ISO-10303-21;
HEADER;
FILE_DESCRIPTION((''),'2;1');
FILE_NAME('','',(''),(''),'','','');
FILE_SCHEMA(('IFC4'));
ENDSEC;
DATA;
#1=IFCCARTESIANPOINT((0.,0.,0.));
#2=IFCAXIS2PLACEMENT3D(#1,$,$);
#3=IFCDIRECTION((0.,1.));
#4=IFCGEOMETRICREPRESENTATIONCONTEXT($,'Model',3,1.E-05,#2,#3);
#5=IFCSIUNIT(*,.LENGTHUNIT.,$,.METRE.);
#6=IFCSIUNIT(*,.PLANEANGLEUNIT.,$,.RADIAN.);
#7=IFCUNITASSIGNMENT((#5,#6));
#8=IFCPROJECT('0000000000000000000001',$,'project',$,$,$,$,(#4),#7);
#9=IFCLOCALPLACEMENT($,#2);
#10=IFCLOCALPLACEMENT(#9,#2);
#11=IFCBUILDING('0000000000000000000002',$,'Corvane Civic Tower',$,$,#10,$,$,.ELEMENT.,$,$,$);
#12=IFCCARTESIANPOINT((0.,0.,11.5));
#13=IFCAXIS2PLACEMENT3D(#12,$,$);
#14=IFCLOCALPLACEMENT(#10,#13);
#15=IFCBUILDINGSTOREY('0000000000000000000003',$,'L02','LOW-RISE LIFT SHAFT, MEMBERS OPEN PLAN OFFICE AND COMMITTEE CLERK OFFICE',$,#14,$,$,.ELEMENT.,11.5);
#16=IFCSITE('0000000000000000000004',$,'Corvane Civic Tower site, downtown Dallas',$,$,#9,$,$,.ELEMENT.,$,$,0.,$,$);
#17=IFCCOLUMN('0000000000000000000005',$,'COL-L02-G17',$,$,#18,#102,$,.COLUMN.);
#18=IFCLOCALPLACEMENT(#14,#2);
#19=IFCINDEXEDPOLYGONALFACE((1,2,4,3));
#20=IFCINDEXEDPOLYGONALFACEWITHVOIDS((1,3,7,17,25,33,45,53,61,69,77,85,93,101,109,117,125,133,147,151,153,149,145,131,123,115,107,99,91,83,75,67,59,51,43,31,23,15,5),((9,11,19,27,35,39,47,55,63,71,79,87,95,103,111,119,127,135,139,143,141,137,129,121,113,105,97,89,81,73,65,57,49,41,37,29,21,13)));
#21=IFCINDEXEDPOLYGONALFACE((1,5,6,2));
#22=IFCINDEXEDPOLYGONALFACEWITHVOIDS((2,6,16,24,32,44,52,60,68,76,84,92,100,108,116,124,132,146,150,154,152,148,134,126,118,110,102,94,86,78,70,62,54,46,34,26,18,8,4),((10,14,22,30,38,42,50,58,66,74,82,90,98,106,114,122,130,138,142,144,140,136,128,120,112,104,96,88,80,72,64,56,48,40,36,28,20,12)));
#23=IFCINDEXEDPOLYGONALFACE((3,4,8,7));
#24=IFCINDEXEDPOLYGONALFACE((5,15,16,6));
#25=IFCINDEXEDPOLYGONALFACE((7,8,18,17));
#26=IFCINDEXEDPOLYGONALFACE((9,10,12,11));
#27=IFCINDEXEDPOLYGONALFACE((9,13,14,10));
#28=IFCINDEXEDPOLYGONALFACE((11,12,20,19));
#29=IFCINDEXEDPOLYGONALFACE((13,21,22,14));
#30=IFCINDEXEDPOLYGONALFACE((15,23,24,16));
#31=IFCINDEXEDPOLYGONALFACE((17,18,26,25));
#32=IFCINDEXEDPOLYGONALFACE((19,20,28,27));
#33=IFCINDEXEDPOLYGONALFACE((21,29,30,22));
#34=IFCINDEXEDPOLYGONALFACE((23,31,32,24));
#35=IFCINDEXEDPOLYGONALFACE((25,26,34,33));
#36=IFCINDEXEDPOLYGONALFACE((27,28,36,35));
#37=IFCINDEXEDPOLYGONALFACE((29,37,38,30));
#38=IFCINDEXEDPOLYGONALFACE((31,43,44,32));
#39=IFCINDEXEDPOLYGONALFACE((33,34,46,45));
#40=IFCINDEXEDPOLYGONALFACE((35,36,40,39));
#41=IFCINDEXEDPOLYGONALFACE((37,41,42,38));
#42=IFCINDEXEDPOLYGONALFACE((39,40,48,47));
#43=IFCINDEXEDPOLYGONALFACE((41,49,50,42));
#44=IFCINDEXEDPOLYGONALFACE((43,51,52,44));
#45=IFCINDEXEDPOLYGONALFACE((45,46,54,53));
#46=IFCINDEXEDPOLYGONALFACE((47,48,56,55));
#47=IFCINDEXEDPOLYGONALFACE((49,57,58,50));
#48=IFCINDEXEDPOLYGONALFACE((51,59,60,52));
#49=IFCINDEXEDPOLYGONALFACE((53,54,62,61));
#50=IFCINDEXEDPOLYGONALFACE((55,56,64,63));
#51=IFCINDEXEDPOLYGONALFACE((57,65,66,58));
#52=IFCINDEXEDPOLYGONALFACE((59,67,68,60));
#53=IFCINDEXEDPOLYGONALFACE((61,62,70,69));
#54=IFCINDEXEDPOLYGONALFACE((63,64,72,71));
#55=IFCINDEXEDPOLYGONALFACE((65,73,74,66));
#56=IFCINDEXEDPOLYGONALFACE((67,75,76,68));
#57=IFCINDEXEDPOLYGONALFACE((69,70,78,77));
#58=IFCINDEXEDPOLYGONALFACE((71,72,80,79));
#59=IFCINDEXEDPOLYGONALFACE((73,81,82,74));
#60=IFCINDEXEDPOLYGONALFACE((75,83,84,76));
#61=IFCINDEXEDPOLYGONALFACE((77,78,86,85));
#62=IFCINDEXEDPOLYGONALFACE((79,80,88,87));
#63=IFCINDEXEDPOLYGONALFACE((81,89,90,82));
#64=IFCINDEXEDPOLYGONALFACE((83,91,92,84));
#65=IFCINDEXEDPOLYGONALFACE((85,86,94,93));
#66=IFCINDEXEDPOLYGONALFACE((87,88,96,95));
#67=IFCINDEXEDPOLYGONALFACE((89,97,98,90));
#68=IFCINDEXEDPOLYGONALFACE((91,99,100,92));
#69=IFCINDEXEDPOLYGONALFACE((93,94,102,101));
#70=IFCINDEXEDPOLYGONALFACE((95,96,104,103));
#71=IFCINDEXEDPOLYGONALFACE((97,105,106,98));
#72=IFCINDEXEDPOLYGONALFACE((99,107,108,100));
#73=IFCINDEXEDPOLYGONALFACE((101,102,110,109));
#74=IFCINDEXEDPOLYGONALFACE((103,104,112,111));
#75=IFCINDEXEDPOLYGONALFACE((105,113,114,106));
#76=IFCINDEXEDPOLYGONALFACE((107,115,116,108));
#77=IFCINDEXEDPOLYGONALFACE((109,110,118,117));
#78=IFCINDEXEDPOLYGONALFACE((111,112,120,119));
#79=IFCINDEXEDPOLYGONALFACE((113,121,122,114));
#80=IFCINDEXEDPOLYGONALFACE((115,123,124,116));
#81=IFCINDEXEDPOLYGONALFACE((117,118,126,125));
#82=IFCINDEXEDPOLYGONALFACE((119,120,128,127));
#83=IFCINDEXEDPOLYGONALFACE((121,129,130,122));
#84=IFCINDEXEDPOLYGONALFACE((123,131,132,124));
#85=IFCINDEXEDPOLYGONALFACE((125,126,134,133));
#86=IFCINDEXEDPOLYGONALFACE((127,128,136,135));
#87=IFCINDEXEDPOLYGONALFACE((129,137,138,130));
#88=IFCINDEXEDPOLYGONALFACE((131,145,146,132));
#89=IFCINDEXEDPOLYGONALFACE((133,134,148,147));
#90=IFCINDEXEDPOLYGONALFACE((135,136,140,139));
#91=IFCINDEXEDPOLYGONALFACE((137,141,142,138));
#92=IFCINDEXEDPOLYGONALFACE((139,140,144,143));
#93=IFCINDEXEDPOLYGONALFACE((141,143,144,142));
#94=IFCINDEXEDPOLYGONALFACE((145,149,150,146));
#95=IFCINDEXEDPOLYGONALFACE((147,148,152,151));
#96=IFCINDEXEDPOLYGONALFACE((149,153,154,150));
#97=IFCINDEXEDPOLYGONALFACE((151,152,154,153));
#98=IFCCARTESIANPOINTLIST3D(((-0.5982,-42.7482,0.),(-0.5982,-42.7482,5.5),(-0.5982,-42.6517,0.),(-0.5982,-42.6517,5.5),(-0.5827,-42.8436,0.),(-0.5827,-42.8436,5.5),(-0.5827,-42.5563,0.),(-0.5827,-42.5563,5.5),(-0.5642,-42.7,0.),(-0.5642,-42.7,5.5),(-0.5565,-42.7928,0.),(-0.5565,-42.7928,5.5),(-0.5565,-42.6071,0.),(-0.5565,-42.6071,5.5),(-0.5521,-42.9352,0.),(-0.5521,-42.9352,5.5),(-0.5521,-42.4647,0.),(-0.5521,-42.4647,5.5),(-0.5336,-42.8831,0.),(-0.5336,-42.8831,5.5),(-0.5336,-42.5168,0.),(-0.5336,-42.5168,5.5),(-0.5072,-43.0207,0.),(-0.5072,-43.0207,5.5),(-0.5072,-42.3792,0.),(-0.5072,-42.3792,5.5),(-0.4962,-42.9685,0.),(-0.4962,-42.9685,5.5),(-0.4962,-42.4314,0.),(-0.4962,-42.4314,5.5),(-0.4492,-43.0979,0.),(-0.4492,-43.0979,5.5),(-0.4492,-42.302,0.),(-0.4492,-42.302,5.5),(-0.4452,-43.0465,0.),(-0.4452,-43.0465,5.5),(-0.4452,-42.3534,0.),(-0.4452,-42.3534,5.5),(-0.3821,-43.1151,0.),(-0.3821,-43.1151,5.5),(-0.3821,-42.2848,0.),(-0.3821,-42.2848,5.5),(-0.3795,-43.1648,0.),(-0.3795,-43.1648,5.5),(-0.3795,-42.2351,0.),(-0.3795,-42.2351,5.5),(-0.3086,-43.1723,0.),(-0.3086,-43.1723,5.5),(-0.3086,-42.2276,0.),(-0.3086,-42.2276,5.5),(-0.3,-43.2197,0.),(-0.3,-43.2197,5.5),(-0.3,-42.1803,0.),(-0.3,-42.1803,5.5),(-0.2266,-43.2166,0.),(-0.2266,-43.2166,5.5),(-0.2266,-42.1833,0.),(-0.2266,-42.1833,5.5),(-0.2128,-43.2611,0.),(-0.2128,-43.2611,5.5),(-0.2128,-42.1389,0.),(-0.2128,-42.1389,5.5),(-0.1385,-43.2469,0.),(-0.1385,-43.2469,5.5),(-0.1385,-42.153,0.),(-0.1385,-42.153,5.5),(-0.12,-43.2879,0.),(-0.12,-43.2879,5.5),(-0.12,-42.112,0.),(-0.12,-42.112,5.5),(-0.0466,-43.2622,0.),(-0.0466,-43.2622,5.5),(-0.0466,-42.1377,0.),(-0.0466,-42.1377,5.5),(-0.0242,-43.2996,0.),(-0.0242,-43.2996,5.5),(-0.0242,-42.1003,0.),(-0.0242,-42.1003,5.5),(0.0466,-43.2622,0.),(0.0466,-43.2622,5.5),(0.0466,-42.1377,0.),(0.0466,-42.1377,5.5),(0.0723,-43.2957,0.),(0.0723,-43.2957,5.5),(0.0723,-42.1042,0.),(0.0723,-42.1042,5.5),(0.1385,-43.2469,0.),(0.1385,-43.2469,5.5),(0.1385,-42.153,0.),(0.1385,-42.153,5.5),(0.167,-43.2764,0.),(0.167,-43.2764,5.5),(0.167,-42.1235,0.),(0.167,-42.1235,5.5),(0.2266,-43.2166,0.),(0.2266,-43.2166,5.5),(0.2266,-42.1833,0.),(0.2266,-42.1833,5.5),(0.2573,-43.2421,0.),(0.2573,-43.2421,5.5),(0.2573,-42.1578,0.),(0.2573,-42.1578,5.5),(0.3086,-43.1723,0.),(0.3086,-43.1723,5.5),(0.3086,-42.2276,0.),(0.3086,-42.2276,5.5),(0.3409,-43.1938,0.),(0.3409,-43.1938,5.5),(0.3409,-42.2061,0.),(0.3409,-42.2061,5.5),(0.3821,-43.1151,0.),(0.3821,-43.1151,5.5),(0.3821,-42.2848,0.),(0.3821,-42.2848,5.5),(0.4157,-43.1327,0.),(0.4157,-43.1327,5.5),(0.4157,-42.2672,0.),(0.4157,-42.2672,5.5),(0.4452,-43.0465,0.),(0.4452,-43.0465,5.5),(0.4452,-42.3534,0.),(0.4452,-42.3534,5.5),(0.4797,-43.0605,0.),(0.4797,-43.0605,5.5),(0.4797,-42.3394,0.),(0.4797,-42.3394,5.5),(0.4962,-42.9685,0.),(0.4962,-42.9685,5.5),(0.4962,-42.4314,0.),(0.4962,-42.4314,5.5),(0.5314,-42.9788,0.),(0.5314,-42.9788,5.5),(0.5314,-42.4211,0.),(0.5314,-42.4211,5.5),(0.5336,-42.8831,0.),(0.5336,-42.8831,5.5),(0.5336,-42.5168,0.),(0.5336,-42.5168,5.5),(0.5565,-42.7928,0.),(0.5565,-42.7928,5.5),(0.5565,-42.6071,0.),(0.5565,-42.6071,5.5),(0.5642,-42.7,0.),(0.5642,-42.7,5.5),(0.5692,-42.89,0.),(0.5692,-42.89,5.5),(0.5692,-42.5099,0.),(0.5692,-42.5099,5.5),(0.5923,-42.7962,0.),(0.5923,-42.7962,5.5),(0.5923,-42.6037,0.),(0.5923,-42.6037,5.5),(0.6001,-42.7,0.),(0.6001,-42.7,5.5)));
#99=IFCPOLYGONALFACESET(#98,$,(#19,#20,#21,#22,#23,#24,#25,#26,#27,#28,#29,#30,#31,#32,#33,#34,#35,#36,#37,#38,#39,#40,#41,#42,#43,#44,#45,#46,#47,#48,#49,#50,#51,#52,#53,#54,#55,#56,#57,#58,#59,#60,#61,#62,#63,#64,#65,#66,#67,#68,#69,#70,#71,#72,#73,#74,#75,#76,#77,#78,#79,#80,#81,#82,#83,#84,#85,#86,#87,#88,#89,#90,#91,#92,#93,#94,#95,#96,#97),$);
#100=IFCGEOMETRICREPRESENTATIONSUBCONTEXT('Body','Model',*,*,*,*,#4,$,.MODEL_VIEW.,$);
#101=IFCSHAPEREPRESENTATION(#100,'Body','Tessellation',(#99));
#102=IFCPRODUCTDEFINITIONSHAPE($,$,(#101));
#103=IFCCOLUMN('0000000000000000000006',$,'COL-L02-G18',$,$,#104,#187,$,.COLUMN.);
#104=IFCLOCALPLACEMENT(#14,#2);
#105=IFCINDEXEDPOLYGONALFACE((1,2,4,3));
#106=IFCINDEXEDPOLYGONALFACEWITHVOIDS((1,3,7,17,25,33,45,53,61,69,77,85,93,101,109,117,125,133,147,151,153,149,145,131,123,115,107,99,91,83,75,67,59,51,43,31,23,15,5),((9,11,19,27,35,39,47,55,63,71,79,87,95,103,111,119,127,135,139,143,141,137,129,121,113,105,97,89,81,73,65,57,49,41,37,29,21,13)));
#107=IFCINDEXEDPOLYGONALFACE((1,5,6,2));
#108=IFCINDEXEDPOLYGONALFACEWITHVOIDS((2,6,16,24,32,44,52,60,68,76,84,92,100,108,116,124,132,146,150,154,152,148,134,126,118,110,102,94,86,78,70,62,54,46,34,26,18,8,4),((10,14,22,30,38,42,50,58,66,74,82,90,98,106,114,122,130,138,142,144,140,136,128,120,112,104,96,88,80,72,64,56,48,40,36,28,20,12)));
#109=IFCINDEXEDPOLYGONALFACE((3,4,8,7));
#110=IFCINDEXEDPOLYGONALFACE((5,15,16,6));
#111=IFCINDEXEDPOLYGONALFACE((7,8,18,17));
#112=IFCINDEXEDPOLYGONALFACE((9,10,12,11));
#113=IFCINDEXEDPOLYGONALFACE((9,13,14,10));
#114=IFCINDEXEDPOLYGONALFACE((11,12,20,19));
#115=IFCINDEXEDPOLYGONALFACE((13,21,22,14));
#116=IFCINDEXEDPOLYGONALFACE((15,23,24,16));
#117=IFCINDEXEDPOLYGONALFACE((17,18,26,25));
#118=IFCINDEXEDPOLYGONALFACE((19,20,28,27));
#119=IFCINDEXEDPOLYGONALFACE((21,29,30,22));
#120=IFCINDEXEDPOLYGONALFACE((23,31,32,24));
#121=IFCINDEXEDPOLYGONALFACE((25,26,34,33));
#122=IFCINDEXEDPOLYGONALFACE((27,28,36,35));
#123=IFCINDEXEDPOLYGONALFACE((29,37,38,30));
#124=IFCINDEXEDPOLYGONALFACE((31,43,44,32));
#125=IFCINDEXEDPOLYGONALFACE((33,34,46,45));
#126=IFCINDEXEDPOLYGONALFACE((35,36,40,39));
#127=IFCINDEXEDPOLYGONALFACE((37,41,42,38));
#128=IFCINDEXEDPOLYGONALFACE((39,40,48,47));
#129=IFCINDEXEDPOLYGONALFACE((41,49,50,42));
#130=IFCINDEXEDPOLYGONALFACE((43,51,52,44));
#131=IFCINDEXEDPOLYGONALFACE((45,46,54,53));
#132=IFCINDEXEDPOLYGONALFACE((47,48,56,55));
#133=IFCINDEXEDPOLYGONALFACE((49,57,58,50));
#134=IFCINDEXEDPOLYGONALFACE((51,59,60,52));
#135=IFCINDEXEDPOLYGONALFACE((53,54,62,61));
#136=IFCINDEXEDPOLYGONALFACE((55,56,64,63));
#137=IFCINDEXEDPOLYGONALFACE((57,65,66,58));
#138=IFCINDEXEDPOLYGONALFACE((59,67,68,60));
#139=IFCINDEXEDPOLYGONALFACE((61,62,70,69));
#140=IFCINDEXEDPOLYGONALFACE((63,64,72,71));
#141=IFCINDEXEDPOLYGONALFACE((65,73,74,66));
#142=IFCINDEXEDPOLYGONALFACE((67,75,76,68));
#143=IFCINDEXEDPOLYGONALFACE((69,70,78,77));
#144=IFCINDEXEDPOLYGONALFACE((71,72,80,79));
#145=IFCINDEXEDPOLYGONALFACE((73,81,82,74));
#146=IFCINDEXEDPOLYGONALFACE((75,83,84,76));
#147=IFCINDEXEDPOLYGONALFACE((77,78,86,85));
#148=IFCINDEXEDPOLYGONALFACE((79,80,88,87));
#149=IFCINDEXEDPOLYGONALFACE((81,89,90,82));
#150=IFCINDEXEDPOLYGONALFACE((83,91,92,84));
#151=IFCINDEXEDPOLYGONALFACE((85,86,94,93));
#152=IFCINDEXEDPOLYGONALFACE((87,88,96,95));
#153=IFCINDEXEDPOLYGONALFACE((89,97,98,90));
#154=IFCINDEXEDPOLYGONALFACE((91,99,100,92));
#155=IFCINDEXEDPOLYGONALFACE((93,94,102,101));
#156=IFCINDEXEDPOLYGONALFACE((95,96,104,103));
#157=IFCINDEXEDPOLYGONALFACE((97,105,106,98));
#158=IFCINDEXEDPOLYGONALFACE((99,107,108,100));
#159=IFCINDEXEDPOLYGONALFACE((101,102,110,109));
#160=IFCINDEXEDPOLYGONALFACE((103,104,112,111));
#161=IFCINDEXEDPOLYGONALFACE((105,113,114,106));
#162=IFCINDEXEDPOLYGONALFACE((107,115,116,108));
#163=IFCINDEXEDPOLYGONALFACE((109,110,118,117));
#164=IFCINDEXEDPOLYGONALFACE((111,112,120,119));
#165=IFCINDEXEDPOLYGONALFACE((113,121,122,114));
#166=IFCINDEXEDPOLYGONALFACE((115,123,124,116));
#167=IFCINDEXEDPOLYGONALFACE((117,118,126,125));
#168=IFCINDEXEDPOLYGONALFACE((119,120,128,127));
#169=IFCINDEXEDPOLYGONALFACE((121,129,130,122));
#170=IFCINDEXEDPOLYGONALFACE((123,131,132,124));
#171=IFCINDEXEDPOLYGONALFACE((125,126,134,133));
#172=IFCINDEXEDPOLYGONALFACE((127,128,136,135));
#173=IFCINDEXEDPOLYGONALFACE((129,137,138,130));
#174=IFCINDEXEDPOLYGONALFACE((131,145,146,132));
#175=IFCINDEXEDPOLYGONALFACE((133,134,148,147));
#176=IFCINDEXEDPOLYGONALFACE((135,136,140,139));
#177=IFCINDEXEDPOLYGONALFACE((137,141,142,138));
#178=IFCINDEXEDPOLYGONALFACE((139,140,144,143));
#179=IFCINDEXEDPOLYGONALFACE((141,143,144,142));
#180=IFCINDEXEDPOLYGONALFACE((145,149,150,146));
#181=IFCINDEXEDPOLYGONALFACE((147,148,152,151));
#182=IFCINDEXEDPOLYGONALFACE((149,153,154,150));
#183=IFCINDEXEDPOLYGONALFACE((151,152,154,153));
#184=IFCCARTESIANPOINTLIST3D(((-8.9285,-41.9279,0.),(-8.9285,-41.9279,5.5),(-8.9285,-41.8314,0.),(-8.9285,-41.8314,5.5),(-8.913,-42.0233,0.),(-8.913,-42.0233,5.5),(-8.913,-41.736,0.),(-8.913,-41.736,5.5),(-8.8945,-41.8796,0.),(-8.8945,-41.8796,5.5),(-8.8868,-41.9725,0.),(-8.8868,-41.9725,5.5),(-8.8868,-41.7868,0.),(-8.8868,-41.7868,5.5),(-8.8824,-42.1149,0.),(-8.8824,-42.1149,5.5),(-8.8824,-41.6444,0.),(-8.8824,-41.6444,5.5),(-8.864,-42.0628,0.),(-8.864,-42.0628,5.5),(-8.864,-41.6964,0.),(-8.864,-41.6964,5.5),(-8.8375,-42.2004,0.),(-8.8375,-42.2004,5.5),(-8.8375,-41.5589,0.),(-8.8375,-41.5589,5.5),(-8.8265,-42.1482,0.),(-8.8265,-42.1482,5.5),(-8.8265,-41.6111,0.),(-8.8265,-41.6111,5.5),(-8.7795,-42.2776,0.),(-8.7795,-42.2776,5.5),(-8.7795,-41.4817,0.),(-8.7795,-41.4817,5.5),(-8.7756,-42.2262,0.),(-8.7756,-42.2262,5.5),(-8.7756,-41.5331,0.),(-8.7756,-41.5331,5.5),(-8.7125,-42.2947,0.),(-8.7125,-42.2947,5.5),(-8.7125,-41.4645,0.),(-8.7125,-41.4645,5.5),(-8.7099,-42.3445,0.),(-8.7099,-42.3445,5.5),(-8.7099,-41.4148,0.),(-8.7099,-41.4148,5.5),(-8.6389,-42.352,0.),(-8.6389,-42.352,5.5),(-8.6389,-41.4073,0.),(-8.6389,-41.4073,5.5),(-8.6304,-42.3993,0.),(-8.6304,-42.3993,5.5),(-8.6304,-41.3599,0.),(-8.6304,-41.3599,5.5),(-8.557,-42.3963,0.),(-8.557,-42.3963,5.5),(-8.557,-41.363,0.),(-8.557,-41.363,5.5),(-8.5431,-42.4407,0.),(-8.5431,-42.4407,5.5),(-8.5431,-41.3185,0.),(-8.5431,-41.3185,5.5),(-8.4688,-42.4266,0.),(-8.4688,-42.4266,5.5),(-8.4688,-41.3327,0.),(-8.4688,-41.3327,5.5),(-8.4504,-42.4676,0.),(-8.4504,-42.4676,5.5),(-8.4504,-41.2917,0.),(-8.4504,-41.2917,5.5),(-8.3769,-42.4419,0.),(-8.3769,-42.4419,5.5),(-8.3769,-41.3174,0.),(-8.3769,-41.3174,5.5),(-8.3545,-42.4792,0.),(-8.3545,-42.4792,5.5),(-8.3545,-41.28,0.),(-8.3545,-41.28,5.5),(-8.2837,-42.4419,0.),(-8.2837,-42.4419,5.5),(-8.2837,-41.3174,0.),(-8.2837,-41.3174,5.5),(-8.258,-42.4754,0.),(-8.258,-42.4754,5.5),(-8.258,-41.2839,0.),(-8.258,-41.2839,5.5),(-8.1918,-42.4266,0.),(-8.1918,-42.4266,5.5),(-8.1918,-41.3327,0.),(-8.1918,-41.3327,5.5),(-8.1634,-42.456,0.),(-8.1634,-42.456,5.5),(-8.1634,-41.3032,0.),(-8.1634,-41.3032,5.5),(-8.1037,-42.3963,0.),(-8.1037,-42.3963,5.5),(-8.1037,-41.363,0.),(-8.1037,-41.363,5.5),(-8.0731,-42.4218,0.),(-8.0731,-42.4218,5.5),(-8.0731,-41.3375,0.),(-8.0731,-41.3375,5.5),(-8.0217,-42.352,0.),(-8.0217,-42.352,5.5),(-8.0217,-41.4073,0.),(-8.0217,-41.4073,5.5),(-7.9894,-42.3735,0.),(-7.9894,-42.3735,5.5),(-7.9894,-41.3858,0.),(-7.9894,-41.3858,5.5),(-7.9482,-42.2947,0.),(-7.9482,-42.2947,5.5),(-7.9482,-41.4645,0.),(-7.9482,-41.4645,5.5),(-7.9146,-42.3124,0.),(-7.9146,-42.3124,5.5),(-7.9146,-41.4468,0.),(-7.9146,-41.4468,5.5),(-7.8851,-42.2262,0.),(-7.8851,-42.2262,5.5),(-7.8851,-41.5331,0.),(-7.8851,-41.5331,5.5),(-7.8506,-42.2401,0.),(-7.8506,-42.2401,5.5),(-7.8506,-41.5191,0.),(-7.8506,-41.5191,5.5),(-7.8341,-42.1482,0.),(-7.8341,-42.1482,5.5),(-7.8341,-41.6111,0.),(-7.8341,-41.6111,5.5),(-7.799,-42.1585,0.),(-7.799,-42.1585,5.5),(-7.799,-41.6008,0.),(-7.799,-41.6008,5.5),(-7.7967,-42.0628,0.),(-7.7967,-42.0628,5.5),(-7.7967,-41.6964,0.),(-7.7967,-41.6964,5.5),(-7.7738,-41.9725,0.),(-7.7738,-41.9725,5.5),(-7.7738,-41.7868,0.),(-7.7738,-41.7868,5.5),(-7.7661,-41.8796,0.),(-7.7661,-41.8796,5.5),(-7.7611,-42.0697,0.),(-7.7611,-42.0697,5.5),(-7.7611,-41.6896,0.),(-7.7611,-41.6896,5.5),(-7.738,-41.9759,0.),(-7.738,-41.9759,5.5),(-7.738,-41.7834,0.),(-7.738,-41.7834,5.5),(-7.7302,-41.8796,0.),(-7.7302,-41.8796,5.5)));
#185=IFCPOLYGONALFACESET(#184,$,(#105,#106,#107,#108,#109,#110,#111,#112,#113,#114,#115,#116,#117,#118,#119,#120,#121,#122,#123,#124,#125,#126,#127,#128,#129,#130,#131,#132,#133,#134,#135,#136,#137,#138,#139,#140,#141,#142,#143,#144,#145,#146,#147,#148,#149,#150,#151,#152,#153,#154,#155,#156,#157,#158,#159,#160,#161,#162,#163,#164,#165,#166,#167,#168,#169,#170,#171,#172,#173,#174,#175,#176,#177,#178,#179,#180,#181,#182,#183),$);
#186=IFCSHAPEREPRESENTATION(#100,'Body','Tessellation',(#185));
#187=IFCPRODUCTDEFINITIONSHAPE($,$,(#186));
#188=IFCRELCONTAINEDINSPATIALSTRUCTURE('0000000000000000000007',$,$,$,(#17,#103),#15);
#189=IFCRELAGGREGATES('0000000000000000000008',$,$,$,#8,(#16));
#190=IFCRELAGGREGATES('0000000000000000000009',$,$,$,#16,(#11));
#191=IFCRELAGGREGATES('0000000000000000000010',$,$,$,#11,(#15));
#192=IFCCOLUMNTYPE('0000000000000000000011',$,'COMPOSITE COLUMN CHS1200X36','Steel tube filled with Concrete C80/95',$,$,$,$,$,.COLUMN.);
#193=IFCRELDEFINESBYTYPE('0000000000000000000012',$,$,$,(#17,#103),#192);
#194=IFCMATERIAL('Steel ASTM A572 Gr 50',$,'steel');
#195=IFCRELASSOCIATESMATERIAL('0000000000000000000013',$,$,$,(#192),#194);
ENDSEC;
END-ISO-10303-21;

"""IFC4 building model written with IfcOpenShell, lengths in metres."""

from ifc_helpers import new_model, si_unit, direction, frame, origin, origin_2d, place, context, subcontext, project, spatial, hollow_circle, extrude, material, material_profile, profile_set, type_object, element, save


model = new_model("IFC4")

# Units and contexts
model_context = context("Model", 3, precision=1e-05, world=origin(), true_north=direction((0.0, 1.0)))
body_context = subcontext(model_context, "Body", "Model", "MODEL_VIEW")
ifc_project = project(units=[si_unit("LENGTHUNIT", "METRE"), si_unit("PLANEANGLEUNIT", "RADIAN")], contexts=[model_context])

# Site, building, storey
site_placement = place(None, origin())
site = spatial("IfcSite", under=ifc_project, at=site_placement, Name="Corvane Civic Tower site, downtown Dallas", CompositionType="ELEMENT", RefElevation=0.0)
building_placement = place(site_placement, origin())
building = spatial("IfcBuilding", under=site, at=building_placement, Name="Corvane Civic Tower", CompositionType="ELEMENT")
storey_placement = place(building_placement, frame((0.0, 0.0, 11.5)))
storey = spatial("IfcBuildingStorey", under=building, at=storey_placement, Name="L02", Description="LOW-RISE LIFT SHAFT, MEMBERS OPEN PLAN OFFICE AND COMMITTEE CLERK OFFICE", CompositionType="ELEMENT", Elevation=11.5)

# Columns
ifc_material_1 = material(Name="Steel ASTM A572 Gr 50", Category="steel")
ifc_material_profile_1 = material_profile(ifc_material_1, hollow_circle(Radius=0.6001, WallThickness=0.0359, at=origin_2d()), Name="CHS1200X36")
ifc_profile_set_1 = profile_set([ifc_material_profile_1], Name="Steel ASTM A572 Gr 50")
column_type_1 = type_object("IfcColumnType", Name="COMPOSITE COLUMN CHS1200X36", Description="Steel tube filled with Concrete C80/95", PredefinedType="COLUMN", material=ifc_profile_set_1)
for number, where, z_axis, x_axis, name in (
    (1, (0.0, -42.7, 0.0), (0.0, 0.0, 1.0), (1.0, 0.0, 0.0), "COL-L02-G17"),
    (2, (-8.3303, -41.8796, 0.0), (0.0, 0.0, 1.0), (1.0, 0.0, 0.0), "COL-L02-G18"),
):
    element("IfcColumn", number, at=place(storey_placement, frame(where, z_axis=z_axis, x_axis=x_axis)), inside=storey, type_object=column_type_1, Name=name, PredefinedType="COLUMN", context=body_context, shape_type="SweptSolid", body=[
        extrude(hollow_circle(Radius=0.6001, WallThickness=0.0359, at=origin_2d()), origin(), (0.0, 0.0, 1.0), 5.5),
    ])

save(model, "model.ifc")
